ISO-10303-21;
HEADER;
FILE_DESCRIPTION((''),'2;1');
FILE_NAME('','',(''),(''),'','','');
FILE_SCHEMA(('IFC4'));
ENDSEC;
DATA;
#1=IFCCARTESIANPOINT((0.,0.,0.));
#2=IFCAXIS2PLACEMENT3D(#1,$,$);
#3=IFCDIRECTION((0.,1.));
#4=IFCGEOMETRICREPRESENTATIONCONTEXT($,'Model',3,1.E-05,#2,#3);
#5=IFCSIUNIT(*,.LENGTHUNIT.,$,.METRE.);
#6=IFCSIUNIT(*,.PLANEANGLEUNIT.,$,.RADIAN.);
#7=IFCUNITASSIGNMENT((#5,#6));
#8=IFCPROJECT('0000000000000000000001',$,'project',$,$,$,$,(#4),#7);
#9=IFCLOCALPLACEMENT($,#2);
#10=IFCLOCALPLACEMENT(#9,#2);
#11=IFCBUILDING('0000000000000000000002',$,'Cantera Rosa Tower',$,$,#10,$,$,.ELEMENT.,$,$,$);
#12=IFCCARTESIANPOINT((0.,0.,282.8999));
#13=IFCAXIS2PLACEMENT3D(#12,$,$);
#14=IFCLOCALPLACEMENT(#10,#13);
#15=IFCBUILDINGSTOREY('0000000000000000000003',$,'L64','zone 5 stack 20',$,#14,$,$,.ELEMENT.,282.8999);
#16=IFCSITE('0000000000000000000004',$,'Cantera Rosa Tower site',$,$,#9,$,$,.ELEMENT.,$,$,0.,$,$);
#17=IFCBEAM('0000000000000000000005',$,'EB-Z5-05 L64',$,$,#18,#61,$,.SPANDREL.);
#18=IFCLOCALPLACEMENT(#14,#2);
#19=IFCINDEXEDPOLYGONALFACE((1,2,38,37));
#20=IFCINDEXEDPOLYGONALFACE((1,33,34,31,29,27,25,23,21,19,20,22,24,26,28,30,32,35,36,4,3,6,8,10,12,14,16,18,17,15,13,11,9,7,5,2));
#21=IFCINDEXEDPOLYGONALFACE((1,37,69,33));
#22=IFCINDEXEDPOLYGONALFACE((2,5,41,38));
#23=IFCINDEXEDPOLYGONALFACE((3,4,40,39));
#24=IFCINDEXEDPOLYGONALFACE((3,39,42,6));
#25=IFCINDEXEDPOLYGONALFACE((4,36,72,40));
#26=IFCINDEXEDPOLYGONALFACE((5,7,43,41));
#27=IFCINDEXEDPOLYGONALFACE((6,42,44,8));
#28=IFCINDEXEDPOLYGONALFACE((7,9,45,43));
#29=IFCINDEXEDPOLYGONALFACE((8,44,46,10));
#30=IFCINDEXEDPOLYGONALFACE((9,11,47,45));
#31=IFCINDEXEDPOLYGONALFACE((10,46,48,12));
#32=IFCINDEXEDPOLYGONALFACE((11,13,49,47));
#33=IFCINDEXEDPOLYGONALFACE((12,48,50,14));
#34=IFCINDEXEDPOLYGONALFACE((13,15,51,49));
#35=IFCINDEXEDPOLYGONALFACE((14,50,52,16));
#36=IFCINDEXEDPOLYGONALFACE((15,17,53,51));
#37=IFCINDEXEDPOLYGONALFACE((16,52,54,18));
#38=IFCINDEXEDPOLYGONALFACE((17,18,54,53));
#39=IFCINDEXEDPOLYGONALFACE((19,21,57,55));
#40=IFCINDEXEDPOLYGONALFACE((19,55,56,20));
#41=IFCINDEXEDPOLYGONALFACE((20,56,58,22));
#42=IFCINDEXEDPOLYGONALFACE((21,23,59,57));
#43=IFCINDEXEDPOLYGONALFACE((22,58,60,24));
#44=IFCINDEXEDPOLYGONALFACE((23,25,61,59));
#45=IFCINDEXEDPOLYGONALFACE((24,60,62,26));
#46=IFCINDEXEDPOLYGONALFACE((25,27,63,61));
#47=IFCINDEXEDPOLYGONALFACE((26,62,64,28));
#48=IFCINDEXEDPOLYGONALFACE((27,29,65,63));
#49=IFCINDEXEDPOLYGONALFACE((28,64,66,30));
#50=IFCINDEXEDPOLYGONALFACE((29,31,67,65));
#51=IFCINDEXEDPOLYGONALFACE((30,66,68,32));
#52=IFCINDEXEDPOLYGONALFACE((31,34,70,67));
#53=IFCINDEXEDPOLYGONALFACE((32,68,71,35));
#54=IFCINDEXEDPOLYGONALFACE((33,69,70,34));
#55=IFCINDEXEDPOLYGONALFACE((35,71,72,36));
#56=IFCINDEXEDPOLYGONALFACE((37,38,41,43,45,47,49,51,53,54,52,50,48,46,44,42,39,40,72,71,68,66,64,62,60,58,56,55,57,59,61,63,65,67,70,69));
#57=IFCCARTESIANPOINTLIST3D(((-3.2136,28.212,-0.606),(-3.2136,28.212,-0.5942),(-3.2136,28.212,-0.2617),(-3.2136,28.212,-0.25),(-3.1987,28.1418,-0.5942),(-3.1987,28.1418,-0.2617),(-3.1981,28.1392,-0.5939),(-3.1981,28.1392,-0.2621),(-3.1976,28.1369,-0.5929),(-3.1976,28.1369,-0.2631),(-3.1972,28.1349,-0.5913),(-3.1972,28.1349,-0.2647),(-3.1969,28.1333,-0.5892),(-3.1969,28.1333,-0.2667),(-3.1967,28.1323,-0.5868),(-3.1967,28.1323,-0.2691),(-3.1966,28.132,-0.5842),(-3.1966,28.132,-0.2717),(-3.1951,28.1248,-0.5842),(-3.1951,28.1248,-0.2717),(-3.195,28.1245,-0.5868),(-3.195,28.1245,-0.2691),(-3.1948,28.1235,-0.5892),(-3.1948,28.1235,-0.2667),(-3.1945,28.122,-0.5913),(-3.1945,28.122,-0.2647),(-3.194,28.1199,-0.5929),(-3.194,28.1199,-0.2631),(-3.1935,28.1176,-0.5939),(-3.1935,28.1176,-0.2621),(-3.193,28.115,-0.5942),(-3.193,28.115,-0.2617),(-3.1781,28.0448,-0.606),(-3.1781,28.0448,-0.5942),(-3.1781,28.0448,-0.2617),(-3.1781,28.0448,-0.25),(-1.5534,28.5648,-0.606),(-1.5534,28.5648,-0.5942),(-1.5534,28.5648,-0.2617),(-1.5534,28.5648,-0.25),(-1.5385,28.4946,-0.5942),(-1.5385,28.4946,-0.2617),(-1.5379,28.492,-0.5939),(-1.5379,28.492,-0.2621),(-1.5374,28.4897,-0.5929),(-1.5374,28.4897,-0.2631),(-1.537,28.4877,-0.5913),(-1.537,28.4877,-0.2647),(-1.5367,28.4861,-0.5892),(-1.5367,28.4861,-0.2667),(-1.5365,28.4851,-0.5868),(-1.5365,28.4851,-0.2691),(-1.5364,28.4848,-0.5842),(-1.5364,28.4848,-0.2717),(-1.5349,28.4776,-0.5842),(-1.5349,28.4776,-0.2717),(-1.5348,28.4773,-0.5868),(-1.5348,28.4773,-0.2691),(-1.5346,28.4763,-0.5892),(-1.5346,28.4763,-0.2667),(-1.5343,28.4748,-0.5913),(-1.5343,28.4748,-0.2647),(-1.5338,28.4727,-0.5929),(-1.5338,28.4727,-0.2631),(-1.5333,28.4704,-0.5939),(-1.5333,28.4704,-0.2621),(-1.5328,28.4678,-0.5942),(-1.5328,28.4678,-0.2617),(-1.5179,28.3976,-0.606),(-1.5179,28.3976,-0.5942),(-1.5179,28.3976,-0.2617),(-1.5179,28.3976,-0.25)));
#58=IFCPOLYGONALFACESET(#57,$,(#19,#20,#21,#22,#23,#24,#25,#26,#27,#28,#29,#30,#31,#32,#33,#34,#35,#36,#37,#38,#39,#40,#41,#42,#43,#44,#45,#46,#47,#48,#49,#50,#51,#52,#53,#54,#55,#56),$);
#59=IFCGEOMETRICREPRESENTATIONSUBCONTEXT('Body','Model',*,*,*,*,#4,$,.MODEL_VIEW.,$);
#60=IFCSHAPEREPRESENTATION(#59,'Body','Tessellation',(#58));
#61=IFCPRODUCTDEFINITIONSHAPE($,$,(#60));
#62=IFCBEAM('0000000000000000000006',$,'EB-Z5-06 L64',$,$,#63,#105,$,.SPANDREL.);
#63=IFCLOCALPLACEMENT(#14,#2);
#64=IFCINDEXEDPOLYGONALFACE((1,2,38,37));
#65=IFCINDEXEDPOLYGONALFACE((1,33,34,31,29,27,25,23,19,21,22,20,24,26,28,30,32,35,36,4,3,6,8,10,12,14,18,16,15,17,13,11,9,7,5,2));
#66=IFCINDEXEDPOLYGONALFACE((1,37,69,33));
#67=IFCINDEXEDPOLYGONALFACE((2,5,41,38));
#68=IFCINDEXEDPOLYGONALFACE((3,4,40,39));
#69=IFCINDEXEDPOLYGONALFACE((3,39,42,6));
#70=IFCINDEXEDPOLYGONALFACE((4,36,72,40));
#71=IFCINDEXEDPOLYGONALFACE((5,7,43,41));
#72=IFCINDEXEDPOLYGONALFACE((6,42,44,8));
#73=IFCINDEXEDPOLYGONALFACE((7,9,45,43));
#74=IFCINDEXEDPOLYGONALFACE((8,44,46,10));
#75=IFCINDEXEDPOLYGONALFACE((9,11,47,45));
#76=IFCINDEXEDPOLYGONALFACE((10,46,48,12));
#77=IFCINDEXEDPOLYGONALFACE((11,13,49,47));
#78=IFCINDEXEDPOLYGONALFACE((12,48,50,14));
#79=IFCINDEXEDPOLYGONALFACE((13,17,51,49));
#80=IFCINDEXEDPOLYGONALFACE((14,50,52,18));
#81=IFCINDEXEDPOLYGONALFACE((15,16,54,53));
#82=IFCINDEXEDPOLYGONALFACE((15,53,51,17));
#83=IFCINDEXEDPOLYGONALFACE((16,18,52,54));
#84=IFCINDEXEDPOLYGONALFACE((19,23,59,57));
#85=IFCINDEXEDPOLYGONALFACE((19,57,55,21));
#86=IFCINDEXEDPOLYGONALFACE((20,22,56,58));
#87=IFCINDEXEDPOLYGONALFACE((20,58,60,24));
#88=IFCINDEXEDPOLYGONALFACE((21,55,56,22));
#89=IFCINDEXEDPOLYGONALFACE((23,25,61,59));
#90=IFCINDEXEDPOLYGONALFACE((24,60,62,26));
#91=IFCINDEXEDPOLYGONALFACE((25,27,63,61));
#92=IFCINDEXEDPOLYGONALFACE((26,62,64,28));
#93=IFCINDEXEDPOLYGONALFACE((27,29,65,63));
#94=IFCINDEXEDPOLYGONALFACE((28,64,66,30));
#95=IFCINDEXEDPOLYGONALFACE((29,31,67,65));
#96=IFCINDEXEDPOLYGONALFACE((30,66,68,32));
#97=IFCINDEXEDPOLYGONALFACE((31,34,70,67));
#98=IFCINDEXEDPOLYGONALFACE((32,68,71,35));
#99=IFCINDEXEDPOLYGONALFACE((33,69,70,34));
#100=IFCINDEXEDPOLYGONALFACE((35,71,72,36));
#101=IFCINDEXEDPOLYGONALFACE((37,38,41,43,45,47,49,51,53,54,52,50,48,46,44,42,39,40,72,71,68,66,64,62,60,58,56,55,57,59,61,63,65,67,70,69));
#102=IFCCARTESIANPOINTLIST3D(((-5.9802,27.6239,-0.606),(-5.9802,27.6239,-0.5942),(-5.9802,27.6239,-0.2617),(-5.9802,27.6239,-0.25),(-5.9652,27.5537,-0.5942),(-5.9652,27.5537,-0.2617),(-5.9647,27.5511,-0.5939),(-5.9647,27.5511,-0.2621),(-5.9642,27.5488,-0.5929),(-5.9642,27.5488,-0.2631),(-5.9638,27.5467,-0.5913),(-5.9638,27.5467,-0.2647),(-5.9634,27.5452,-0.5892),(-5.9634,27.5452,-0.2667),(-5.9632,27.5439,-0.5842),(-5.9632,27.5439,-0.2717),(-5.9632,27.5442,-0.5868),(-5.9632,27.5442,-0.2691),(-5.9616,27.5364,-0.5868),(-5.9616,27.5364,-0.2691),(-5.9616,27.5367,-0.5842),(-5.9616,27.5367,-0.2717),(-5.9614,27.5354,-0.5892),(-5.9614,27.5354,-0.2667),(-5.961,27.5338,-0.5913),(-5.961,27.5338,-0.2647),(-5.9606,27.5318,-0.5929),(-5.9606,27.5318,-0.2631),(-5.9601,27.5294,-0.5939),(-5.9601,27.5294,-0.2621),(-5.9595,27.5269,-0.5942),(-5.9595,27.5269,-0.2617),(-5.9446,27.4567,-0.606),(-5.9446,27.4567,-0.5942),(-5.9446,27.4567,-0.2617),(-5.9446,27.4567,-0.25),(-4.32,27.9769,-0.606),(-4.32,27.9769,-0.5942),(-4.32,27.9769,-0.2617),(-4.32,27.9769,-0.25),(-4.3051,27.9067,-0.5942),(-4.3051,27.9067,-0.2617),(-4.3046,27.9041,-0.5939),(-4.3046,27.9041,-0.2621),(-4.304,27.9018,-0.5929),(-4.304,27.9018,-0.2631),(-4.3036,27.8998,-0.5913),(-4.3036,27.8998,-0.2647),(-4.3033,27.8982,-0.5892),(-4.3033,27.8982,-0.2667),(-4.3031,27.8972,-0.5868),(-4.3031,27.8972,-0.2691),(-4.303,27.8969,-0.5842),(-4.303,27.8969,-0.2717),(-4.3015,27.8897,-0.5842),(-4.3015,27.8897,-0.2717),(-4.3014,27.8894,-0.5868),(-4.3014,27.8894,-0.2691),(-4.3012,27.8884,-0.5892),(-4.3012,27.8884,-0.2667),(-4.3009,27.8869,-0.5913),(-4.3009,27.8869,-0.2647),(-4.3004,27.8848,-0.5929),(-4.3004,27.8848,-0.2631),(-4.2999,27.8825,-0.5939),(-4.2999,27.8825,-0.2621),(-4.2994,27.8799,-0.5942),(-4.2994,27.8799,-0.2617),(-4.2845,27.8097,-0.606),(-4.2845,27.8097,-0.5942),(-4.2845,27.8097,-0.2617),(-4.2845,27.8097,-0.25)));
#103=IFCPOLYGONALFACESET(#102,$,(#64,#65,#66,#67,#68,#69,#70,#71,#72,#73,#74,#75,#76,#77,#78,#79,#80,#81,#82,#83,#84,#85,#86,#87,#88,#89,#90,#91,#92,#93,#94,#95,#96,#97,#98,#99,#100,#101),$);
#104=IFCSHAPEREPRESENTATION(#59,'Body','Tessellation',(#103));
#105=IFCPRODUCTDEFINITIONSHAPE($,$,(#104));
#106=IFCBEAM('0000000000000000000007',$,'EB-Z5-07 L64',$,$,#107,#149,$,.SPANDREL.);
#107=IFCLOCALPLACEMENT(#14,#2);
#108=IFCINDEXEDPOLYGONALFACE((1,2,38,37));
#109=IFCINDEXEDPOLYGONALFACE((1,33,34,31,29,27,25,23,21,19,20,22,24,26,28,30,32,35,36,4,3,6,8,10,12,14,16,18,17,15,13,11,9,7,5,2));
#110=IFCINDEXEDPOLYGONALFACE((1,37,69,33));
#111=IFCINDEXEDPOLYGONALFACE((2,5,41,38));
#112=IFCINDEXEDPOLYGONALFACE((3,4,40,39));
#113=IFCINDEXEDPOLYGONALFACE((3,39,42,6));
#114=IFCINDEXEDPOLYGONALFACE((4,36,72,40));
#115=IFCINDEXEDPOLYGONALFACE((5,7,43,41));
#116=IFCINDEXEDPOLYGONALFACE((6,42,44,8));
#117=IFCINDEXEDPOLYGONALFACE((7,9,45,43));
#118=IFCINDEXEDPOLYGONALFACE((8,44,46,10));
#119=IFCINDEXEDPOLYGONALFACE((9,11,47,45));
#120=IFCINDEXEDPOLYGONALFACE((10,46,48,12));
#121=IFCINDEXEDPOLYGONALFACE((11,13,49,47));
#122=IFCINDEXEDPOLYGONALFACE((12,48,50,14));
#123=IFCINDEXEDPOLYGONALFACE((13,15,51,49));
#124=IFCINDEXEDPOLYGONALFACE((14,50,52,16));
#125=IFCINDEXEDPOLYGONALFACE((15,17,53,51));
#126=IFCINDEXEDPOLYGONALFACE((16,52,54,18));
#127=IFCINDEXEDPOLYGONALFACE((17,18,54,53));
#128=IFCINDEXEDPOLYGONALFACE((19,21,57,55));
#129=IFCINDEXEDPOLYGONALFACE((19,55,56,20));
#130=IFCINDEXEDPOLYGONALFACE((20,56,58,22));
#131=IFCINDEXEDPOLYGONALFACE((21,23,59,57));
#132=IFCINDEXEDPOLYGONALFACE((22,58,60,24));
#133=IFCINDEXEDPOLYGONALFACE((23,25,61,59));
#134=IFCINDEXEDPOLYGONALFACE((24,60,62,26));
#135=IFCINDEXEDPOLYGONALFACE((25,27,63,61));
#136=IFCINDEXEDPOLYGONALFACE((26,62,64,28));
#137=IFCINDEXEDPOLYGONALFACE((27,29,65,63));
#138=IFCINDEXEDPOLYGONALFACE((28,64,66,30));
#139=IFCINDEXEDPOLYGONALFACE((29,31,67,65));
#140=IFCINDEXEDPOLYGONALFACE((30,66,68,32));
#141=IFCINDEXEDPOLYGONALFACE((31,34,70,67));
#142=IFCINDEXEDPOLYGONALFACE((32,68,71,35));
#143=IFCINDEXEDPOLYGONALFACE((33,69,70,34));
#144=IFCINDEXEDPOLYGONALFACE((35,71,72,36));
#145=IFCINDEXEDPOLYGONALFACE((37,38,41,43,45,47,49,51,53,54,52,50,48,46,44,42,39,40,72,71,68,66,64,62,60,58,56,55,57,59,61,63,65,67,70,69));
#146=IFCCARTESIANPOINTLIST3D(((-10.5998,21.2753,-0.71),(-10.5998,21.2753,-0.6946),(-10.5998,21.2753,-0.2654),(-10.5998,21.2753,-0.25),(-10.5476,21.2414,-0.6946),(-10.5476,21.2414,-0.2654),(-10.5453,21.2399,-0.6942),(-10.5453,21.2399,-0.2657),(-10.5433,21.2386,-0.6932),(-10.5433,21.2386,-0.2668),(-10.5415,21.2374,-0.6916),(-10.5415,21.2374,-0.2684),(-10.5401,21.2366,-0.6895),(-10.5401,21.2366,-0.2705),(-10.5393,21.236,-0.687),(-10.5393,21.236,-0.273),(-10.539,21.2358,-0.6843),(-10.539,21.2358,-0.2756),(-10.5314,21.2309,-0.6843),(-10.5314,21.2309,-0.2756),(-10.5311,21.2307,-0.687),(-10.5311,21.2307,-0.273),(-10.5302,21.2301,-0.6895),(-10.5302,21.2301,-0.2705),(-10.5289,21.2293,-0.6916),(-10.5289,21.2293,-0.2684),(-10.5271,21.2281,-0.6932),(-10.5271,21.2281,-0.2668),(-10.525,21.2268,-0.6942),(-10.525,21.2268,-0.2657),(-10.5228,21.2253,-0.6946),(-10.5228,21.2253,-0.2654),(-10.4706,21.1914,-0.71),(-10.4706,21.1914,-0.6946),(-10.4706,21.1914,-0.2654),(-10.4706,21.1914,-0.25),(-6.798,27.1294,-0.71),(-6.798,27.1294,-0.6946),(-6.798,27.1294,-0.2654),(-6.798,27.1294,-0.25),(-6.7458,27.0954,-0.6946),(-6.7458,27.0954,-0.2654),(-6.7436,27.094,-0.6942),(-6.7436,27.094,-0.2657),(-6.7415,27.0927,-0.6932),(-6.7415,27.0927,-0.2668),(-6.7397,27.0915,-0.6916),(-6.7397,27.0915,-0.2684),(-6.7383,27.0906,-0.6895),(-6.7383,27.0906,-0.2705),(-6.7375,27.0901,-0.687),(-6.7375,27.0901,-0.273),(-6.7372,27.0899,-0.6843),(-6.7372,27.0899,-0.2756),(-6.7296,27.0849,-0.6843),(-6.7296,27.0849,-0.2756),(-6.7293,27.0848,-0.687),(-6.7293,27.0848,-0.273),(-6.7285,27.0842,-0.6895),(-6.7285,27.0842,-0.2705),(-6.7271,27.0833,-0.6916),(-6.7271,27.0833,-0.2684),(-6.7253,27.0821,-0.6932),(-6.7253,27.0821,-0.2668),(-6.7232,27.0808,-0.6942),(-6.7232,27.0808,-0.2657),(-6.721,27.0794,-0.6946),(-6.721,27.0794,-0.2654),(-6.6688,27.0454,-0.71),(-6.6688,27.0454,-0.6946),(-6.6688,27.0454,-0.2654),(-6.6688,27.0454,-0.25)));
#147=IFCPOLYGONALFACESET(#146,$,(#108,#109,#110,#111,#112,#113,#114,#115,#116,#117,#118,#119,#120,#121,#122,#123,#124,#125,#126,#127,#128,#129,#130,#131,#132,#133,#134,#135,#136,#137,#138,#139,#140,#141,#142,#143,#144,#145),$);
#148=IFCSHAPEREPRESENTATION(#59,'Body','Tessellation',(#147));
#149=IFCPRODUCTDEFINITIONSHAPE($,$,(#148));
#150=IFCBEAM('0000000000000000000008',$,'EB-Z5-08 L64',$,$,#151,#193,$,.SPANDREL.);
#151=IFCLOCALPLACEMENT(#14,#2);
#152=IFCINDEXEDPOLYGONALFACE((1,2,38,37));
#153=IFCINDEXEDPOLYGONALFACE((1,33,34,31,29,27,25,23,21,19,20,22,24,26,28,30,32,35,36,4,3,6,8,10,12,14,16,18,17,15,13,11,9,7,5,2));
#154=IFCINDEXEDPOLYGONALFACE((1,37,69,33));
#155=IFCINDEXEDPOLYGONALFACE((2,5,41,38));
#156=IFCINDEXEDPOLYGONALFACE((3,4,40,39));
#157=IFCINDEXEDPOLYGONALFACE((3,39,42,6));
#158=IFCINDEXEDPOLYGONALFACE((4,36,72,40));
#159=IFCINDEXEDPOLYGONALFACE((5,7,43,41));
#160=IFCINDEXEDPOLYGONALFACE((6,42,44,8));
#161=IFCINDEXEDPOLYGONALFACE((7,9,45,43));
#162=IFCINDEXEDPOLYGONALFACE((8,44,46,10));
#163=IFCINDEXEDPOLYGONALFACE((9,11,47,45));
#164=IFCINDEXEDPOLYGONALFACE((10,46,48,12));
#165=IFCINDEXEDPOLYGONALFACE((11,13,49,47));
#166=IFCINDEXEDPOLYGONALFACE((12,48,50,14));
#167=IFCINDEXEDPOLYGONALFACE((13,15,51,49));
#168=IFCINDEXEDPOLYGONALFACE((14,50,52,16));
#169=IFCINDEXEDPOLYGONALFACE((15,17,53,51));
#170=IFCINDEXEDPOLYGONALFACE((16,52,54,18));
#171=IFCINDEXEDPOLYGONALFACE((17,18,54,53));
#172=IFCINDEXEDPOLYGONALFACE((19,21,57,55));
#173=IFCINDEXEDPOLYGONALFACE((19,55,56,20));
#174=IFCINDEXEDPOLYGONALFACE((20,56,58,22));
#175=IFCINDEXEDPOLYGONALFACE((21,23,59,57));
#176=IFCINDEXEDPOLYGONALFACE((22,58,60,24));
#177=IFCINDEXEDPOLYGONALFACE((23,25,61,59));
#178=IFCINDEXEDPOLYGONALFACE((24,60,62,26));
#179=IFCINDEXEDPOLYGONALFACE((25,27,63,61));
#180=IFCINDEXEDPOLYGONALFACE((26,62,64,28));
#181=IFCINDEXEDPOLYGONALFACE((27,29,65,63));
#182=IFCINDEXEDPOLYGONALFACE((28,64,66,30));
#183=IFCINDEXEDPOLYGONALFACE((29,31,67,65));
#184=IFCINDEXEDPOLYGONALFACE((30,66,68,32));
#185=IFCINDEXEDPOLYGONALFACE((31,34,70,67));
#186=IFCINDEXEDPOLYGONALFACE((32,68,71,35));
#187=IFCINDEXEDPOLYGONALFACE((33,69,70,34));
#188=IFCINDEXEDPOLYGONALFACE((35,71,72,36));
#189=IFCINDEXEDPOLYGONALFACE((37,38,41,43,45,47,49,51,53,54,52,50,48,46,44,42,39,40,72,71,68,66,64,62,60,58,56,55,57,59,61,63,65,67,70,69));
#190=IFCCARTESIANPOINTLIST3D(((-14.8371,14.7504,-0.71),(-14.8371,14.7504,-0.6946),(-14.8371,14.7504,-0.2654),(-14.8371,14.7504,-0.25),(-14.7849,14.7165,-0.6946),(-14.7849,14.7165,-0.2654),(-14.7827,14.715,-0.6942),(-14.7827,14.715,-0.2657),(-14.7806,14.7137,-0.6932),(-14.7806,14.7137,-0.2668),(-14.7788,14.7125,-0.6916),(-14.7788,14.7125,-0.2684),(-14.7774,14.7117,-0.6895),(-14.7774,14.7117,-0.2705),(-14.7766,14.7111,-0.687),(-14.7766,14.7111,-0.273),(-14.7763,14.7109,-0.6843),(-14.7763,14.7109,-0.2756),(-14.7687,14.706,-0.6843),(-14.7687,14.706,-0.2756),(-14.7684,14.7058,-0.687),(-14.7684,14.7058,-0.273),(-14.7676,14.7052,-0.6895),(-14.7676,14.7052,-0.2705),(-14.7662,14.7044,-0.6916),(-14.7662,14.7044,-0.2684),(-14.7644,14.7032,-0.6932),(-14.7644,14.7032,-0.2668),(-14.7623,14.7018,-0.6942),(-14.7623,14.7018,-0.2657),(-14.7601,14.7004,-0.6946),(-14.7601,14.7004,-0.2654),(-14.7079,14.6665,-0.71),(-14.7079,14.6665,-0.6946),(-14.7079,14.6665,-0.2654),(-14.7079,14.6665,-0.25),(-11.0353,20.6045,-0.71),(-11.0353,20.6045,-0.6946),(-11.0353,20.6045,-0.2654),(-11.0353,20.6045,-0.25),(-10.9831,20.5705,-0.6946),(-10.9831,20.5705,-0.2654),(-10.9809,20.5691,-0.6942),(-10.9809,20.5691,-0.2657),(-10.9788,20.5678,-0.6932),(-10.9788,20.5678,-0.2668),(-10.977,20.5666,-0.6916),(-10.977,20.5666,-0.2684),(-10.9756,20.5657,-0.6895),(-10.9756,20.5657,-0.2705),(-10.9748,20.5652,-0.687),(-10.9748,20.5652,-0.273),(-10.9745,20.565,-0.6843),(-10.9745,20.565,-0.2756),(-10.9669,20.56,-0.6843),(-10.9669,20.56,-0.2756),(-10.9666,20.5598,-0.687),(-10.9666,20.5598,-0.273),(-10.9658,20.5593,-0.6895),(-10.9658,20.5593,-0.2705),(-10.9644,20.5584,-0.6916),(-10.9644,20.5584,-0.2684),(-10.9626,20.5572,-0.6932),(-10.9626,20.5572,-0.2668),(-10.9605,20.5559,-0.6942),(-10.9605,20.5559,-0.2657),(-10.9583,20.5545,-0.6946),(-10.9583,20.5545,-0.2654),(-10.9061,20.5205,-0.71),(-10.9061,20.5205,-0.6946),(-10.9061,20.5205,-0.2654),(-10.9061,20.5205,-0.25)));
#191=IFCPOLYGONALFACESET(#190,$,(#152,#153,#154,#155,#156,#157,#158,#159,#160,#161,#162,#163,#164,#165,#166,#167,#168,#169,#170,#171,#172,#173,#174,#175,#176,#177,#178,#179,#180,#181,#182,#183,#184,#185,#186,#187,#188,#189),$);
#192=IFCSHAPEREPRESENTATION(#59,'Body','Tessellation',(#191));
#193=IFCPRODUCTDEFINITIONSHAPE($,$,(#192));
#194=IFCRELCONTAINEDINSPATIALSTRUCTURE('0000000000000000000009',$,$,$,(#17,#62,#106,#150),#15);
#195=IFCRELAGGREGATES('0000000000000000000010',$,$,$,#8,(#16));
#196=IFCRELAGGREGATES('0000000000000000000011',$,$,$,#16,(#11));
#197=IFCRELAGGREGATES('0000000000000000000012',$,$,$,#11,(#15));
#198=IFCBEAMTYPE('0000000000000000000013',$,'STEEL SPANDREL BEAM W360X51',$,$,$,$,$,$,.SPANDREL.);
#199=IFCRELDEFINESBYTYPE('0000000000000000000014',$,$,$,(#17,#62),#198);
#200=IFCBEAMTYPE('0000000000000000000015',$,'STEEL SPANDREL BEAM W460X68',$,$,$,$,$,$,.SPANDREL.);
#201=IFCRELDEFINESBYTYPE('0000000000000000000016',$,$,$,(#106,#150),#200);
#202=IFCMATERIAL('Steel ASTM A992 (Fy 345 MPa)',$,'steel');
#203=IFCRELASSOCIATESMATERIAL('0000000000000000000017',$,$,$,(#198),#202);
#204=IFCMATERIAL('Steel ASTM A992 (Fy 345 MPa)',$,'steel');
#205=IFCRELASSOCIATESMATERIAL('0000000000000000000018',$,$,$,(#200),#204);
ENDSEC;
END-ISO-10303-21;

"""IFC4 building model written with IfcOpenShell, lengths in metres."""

from ifc_helpers import new_model, si_unit, direction, frame, origin, origin_2d, place, context, subcontext, project, spatial, i_section, extrude, material, material_profile, profile_set, type_object, element, save


model = new_model("IFC4")

# Units and contexts
model_context = context("Model", 3, precision=1e-05, world=origin(), true_north=direction((0.0, 1.0)))
body_context = subcontext(model_context, "Body", "Model", "MODEL_VIEW")
ifc_project = project(units=[si_unit("LENGTHUNIT", "METRE"), si_unit("PLANEANGLEUNIT", "RADIAN")], contexts=[model_context])

# Site, building, storey
site_placement = place(None, origin())
site = spatial("IfcSite", under=ifc_project, at=site_placement, Name="Cantera Rosa Tower site", CompositionType="ELEMENT", RefElevation=0.0)
building_placement = place(site_placement, origin())
building = spatial("IfcBuilding", under=site, at=building_placement, Name="Cantera Rosa Tower", CompositionType="ELEMENT")
storey_placement = place(building_placement, frame((0.0, 0.0, 282.8999)))
storey = spatial("IfcBuildingStorey", under=building, at=storey_placement, Name="L64", Description="zone 5 stack 20", CompositionType="ELEMENT", Elevation=282.8999)

# Beams
ifc_material_1 = material(Name="Steel ASTM A992 (Fy 345 MPa)", Category="steel")
ifc_material_profile_1 = material_profile(ifc_material_1, i_section(OverallWidth=0.1709, OverallDepth=0.356, WebThickness=0.0073, FlangeThickness=0.0117, FilletRadius=0.01, at=origin_2d()), Name="W360X51")
ifc_profile_set_1 = profile_set([ifc_material_profile_1], Name="Steel ASTM A992 (Fy 345 MPa)")
beam_type_1 = type_object("IfcBeamType", Name="STEEL SPANDREL BEAM W360X51", PredefinedType="SPANDREL", material=ifc_profile_set_1)
for number, where, z_axis, x_axis, name in (
    (1, (-1.5356, 28.4812, -0.428), (-0.978159, -0.207859, 0.0), (0.207859, -0.978159, 0.0), "EB-Z5-05 L64"),
    (2, (-4.3022, 27.8933, -0.428), (-0.97813, -0.207996, 0.0), (0.207996, -0.97813, 0.0), "EB-Z5-06 L64"),
):
    element("IfcBeam", number, at=place(storey_placement, frame(where, z_axis=z_axis, x_axis=x_axis)), inside=storey, type_object=beam_type_1, Name=name, PredefinedType="SPANDREL", context=body_context, shape_type="SweptSolid", body=[
        extrude(i_section(OverallWidth=0.1709, OverallDepth=0.356, WebThickness=0.0073, FlangeThickness=0.0117, FilletRadius=0.01, at=origin_2d()), origin(), (0.0, 0.0, 1.0), 1.6973),
    ])
ifc_material_2 = material(Name="Steel ASTM A992 (Fy 345 MPa)", Category="steel")
ifc_material_profile_2 = material_profile(ifc_material_2, i_section(OverallWidth=0.1541, OverallDepth=0.46, WebThickness=0.009, FlangeThickness=0.0154, FilletRadius=0.0103, at=origin_2d()), Name="W460X68")
ifc_profile_set_2 = profile_set([ifc_material_profile_2], Name="Steel ASTM A992 (Fy 345 MPa)")
beam_type_2 = type_object("IfcBeamType", Name="STEEL SPANDREL BEAM W460X68", PredefinedType="SPANDREL", material=ifc_profile_set_2)
for number, where, z_axis, x_axis, name in (
    (3, (-6.7334, 27.0874, -0.48), (-0.544651, -0.838663, 0.0), (0.838663, -0.544651, 0.0), "EB-Z5-07 L64"),
    (4, (-10.9707, 20.5625, -0.48), (-0.544651, -0.838663, 0.0), (0.838663, -0.544651, 0.0), "EB-Z5-08 L64"),
):
    element("IfcBeam", number, at=place(storey_placement, frame(where, z_axis=z_axis, x_axis=x_axis)), inside=storey, type_object=beam_type_2, Name=name, PredefinedType="SPANDREL", context=body_context, shape_type="SweptSolid", body=[
        extrude(i_section(OverallWidth=0.1541, OverallDepth=0.46, WebThickness=0.009, FlangeThickness=0.0154, FilletRadius=0.0103, at=origin_2d()), origin(), (0.0, 0.0, 1.0), 6.9802),
    ])

save(model, "model.ifc")
